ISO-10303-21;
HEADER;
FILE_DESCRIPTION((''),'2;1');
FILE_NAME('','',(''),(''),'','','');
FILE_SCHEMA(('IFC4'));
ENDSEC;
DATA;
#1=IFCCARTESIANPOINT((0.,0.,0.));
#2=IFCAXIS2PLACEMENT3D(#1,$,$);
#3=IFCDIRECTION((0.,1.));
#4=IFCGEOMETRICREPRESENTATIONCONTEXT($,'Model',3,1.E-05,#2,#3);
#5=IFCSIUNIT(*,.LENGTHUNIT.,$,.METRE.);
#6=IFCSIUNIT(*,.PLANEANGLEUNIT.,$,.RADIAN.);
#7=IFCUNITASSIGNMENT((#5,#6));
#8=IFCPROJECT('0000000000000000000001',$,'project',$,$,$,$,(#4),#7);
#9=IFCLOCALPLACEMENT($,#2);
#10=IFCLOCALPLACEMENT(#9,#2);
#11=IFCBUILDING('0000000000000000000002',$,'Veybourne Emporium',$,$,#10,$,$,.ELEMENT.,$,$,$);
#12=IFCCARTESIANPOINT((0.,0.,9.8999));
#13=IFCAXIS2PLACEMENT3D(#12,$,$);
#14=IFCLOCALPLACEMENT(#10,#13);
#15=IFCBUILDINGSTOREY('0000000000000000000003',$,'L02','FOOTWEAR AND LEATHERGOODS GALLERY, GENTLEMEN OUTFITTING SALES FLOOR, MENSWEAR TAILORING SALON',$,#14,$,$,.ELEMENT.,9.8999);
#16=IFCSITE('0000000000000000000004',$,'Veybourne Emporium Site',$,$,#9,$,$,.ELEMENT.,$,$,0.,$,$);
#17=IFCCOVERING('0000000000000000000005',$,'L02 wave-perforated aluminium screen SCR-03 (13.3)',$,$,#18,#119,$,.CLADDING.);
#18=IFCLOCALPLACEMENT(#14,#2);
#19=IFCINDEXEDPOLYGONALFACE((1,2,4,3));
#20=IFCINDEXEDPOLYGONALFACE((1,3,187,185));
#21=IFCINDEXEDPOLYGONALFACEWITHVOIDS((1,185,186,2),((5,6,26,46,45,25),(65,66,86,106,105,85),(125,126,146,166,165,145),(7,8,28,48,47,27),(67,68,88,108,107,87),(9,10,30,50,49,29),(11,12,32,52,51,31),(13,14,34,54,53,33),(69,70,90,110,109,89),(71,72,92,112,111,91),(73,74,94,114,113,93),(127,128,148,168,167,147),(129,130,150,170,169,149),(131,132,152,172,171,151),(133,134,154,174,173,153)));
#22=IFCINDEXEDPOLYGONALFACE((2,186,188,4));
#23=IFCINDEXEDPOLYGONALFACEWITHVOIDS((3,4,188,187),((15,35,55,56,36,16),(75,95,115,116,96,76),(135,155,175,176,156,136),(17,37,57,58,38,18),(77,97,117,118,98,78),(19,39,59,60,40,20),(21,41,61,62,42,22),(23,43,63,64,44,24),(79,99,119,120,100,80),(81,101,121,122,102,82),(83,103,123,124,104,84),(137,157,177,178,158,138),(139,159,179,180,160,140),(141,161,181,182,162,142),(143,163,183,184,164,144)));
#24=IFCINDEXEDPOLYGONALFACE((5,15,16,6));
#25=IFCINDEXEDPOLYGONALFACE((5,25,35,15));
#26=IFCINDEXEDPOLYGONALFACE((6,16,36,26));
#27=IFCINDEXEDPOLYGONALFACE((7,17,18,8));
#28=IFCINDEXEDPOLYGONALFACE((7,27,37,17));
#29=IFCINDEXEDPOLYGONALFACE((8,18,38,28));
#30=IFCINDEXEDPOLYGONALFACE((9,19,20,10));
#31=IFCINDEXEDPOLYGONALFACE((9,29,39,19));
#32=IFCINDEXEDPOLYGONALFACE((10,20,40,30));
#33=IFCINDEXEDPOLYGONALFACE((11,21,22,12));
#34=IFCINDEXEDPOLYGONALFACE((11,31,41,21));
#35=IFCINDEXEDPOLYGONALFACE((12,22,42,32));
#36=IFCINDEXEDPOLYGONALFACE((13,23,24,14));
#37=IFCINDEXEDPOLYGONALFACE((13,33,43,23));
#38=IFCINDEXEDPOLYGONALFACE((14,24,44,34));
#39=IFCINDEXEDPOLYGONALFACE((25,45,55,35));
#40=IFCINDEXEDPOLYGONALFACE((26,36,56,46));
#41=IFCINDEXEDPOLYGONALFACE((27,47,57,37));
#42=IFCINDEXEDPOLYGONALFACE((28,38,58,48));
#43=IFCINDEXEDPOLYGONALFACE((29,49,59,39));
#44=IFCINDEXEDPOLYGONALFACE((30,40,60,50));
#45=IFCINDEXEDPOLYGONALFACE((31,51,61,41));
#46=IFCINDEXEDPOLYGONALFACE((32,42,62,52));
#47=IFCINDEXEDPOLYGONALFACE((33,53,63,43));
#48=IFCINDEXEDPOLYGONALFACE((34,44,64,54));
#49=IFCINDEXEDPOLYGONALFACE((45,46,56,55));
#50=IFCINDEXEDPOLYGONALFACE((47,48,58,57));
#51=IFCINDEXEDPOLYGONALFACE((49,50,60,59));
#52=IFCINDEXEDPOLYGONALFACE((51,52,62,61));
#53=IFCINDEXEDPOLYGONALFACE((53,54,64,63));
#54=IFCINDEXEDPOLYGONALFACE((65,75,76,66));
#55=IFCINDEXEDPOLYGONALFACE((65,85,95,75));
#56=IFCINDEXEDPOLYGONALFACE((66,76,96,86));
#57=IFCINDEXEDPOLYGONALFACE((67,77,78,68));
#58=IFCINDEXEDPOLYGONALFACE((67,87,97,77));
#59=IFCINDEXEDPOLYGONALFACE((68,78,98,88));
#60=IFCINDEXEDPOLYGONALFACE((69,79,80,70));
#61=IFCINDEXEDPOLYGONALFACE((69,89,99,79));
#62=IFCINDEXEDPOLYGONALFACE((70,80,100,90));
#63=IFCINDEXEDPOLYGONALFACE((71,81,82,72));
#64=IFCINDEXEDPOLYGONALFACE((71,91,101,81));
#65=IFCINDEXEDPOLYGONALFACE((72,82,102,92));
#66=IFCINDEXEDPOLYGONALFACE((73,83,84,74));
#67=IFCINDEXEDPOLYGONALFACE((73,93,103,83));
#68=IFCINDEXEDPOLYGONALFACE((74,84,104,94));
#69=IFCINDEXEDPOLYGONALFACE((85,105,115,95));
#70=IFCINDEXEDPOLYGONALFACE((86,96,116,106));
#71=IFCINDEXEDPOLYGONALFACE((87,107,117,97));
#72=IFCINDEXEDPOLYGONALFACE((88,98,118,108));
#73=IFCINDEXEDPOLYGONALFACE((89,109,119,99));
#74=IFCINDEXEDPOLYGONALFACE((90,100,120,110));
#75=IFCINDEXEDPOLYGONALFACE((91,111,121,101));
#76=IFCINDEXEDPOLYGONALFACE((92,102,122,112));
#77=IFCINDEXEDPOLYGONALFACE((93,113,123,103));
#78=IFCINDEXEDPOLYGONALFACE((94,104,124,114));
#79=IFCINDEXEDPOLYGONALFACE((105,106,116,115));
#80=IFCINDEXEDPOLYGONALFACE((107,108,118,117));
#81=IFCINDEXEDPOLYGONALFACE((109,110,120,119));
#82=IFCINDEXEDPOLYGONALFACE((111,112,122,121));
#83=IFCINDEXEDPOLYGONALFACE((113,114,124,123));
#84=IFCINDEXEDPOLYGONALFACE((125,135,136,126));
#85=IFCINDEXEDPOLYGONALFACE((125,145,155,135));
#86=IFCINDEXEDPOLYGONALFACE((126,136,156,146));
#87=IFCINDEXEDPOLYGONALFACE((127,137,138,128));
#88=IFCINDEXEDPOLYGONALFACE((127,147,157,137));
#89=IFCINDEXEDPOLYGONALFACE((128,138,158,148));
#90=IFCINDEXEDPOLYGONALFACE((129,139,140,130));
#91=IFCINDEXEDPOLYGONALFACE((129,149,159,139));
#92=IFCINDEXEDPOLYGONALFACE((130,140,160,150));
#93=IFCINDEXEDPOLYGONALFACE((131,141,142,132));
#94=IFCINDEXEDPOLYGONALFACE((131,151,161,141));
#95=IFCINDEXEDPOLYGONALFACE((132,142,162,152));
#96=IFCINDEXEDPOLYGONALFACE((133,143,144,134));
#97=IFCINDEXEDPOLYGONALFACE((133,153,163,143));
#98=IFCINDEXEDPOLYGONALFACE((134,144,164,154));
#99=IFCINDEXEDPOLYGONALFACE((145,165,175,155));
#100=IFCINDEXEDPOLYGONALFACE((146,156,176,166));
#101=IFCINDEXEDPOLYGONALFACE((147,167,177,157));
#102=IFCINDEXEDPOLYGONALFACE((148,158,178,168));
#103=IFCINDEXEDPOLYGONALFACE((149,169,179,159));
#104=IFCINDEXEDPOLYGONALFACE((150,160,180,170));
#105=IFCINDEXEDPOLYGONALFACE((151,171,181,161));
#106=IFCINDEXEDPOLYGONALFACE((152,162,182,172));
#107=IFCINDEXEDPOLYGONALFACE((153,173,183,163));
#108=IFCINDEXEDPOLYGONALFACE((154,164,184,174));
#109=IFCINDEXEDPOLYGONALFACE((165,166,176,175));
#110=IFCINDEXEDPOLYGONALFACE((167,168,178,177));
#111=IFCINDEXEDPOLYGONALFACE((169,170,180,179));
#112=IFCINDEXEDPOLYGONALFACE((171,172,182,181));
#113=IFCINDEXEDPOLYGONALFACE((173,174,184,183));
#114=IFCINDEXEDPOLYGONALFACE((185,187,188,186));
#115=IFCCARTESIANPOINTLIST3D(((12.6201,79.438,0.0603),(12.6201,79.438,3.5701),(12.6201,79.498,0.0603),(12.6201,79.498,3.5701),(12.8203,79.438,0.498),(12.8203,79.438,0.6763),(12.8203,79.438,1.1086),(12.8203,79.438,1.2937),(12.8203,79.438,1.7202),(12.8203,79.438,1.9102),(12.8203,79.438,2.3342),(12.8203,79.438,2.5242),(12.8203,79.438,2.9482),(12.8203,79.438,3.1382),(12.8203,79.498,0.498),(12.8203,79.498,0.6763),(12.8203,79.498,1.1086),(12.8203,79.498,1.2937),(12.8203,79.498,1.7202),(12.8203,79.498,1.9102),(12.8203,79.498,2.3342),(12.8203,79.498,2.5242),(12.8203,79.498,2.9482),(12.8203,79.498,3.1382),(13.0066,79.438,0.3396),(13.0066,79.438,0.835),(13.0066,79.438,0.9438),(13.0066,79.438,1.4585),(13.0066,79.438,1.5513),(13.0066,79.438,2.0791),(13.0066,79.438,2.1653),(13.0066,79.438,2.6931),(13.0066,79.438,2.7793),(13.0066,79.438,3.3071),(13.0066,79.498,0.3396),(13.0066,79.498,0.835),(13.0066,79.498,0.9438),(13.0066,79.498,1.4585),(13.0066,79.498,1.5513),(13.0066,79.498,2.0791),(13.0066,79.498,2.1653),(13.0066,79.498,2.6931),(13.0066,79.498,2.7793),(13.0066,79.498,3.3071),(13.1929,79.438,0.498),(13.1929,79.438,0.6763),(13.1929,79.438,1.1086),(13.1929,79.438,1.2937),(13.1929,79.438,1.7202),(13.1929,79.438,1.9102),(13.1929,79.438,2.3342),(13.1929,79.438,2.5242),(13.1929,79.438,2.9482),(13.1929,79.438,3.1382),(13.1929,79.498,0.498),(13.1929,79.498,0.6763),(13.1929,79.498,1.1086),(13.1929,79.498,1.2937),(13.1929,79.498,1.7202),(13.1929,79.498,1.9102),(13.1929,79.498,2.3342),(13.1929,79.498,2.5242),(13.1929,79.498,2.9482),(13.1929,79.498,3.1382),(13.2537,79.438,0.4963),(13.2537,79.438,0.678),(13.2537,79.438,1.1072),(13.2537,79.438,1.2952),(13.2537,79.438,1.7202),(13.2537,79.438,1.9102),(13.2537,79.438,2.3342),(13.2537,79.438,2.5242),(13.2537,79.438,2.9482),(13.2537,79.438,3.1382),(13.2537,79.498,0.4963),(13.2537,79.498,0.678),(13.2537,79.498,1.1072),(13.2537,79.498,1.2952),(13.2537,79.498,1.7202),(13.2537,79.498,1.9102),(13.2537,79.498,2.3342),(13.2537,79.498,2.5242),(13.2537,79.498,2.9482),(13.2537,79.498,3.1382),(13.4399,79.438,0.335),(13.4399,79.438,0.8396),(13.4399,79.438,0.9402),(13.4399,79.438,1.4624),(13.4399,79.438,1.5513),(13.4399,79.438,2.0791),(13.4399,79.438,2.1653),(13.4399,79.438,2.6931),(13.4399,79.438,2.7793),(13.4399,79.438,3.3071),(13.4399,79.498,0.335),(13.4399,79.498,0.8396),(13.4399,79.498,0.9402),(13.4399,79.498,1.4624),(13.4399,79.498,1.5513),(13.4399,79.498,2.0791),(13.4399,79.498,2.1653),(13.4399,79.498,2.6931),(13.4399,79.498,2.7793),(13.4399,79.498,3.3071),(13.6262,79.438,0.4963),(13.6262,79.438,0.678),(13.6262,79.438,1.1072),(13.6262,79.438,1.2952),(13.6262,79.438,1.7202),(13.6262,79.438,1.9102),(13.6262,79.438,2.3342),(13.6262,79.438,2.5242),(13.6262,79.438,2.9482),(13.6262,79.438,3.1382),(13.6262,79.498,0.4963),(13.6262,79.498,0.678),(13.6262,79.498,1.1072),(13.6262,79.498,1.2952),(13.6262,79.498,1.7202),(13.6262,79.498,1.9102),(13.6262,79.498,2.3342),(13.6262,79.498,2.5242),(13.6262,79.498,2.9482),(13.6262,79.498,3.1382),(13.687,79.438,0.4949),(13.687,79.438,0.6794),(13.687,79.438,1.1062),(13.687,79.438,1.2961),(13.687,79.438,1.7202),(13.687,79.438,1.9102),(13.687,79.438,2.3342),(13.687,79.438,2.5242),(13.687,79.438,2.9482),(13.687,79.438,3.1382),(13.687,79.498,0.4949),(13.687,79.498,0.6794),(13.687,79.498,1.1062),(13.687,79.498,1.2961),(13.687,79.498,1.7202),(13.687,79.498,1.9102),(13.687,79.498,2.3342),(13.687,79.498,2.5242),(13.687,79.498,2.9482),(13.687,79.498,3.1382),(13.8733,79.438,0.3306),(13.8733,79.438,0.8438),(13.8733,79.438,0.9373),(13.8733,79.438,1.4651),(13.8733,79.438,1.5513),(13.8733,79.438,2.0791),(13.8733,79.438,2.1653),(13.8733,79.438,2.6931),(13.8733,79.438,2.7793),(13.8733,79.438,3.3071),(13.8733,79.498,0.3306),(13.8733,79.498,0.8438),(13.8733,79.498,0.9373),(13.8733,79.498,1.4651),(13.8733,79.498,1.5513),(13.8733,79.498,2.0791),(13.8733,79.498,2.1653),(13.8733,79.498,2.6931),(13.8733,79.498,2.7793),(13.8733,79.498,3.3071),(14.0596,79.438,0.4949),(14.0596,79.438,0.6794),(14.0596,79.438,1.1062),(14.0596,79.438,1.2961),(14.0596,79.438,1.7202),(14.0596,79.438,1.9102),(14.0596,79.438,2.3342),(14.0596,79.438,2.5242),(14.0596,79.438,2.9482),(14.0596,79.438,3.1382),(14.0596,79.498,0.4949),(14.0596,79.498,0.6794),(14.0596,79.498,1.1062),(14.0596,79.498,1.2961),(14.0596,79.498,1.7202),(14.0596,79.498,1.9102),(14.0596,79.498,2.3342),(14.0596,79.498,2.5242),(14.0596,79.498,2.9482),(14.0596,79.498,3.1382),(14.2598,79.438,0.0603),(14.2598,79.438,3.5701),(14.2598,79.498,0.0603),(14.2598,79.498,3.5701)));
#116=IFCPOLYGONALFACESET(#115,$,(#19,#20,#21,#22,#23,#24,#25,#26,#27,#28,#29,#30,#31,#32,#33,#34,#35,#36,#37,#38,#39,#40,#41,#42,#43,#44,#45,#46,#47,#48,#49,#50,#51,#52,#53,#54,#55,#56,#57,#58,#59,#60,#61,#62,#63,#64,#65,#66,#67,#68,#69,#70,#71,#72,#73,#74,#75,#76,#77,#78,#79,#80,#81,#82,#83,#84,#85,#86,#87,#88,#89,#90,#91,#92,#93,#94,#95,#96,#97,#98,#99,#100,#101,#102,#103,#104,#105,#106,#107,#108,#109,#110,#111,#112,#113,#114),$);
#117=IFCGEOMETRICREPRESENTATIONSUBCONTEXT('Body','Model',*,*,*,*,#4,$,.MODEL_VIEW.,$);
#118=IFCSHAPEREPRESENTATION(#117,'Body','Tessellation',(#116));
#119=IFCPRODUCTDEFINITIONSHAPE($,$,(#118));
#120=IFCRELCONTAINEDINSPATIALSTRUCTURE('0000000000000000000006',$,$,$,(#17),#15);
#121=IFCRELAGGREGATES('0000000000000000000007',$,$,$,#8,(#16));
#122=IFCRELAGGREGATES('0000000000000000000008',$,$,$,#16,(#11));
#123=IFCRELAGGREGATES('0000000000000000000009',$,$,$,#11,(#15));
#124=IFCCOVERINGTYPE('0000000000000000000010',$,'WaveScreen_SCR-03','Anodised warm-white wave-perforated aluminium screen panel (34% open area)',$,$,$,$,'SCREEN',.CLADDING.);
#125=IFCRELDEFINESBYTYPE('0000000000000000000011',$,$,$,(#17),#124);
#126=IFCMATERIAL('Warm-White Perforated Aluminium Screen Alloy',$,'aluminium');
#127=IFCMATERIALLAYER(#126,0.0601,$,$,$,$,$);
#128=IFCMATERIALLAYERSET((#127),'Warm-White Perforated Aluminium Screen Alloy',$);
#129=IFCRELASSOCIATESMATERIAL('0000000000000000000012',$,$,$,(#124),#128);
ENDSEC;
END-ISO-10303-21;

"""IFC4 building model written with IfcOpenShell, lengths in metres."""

from ifc_helpers import new_model, si_unit, direction, frame, origin, place, context, subcontext, project, spatial, polyline, outline, extrude, material, layer, layer_set, type_object, element, save


model = new_model("IFC4")

# Units and contexts
model_context = context("Model", 3, precision=1e-05, world=origin(), true_north=direction((0.0, 1.0)))
body_context = subcontext(model_context, "Body", "Model", "MODEL_VIEW")
ifc_project = project(units=[si_unit("LENGTHUNIT", "METRE"), si_unit("PLANEANGLEUNIT", "RADIAN")], contexts=[model_context])

# Site, building, storey
site_placement = place(None, origin())
site = spatial("IfcSite", under=ifc_project, at=site_placement, Name="Veybourne Emporium Site", CompositionType="ELEMENT", RefElevation=0.0)
building_placement = place(site_placement, origin())
building = spatial("IfcBuilding", under=site, at=building_placement, Name="Veybourne Emporium", CompositionType="ELEMENT")
storey_placement = place(building_placement, frame((0.0, 0.0, 9.8999)))
storey = spatial("IfcBuildingStorey", under=building, at=storey_placement, Name="L02", Description="FOOTWEAR AND LEATHERGOODS GALLERY, GENTLEMEN OUTFITTING SALES FLOOR, MENSWEAR TAILORING SALON", CompositionType="ELEMENT", Elevation=9.8999)

# Covering
ifc_material_1 = material(Name="Warm-White Perforated Aluminium Screen Alloy", Category="aluminium")
ifc_layer_1 = layer(ifc_material_1, 0.0601)
ifc_layer_set_1 = layer_set([ifc_layer_1], Name="Warm-White Perforated Aluminium Screen Alloy")
covering_type_1 = type_object("IfcCoveringType", Name="WaveScreen_SCR-03", Description="Anodised warm-white wave-perforated aluminium screen panel (34% open area)", ElementType="SCREEN", PredefinedType="CLADDING", material=ifc_layer_set_1)
covering_1_placement = place(storey_placement, frame((13.4399, 79.498, 1.8152), z_axis=(0.0, -1.0, 0.0), x_axis=(1.0, 0.0, 0.0)))
element("IfcCovering", 1, at=covering_1_placement, inside=storey, type_object=covering_type_1, Name="L02 wave-perforated aluminium screen SCR-03 (13.3)", PredefinedType="CLADDING", context=body_context, shape_type="SweptSolid", body=[
    extrude(outline(polyline([(-0.8198, -1.7549), (0.8198, -1.7549), (0.8198, 1.7549), (-0.8198, 1.7549), (-0.8198, -1.7549)]), holes=[polyline([(-0.4333, -0.9802), (-0.2471, -1.1389), (-0.2471, -1.3171), (-0.4333, -1.4756), (-0.6196, -1.3171), (-0.6196, -1.1389), (-0.4333, -0.9802)]), polyline([(-0.4333, -0.3567), (-0.2471, -0.5215), (-0.2471, -0.7065), (-0.4333, -0.8713), (-0.6196, -0.7065), (-0.6196, -0.5215), (-0.4333, -0.3567)]), polyline([(-0.4333, 0.2639), (-0.2471, 0.095), (-0.2471, -0.095), (-0.4333, -0.2639), (-0.6196, -0.095), (-0.6196, 0.095), (-0.4333, 0.2639)]), polyline([(-0.4333, 0.8779), (-0.2471, 0.709), (-0.2471, 0.519), (-0.4333, 0.3501), (-0.6196, 0.519), (-0.6196, 0.709), (-0.4333, 0.8779)]), polyline([(-0.4333, 1.4919), (-0.2471, 1.323), (-0.2471, 1.1331), (-0.4333, 0.9641), (-0.6196, 1.1331), (-0.6196, 1.323), (-0.4333, 1.4919)]), polyline([(0.0, -0.9756), (0.1863, -1.1372), (0.1863, -1.3188), (0.0, -1.4802), (-0.1863, -1.3188), (-0.1863, -1.1372), (0.0, -0.9756)]), polyline([(0.0, -0.3528), (0.1863, -0.52), (0.1863, -0.708), (0.0, -0.875), (-0.1863, -0.708), (-0.1863, -0.52), (0.0, -0.3528)]), polyline([(0.0, 0.2639), (0.1863, 0.095), (0.1863, -0.095), (0.0, -0.2639), (-0.1863, -0.095), (-0.1863, 0.095), (0.0, 0.2639)]), polyline([(0.0, 0.8779), (0.1863, 0.709), (0.1863, 0.519), (0.0, 0.3501), (-0.1863, 0.519), (-0.1863, 0.709), (0.0, 0.8779)]), polyline([(0.0, 1.4919), (0.1863, 1.323), (0.1863, 1.1331), (0.0, 0.9641), (-0.1863, 1.1331), (-0.1863, 1.323), (0.0, 1.4919)]), polyline([(0.4333, -0.9714), (0.6196, -1.1357), (0.6196, -1.3203), (0.4333, -1.4846), (0.2471, -1.3203), (0.2471, -1.1357), (0.4333, -0.9714)]), polyline([(0.4333, -0.3501), (0.6196, -0.519), (0.6196, -0.709), (0.4333, -0.8779), (0.2471, -0.709), (0.2471, -0.519), (0.4333, -0.3501)]), polyline([(0.4333, 0.2639), (0.6196, 0.095), (0.6196, -0.095), (0.4333, -0.2639), (0.2471, -0.095), (0.2471, 0.095), (0.4333, 0.2639)]), polyline([(0.4333, 0.8779), (0.6196, 0.709), (0.6196, 0.519), (0.4333, 0.3501), (0.2471, 0.519), (0.2471, 0.709), (0.4333, 0.8779)]), polyline([(0.4333, 1.4919), (0.6196, 1.323), (0.6196, 1.1331), (0.4333, 0.9641), (0.2471, 1.1331), (0.2471, 1.323), (0.4333, 1.4919)])]), origin(), (0.0, 0.0, 1.0), 0.0601),
])

save(model, "model.ifc")
